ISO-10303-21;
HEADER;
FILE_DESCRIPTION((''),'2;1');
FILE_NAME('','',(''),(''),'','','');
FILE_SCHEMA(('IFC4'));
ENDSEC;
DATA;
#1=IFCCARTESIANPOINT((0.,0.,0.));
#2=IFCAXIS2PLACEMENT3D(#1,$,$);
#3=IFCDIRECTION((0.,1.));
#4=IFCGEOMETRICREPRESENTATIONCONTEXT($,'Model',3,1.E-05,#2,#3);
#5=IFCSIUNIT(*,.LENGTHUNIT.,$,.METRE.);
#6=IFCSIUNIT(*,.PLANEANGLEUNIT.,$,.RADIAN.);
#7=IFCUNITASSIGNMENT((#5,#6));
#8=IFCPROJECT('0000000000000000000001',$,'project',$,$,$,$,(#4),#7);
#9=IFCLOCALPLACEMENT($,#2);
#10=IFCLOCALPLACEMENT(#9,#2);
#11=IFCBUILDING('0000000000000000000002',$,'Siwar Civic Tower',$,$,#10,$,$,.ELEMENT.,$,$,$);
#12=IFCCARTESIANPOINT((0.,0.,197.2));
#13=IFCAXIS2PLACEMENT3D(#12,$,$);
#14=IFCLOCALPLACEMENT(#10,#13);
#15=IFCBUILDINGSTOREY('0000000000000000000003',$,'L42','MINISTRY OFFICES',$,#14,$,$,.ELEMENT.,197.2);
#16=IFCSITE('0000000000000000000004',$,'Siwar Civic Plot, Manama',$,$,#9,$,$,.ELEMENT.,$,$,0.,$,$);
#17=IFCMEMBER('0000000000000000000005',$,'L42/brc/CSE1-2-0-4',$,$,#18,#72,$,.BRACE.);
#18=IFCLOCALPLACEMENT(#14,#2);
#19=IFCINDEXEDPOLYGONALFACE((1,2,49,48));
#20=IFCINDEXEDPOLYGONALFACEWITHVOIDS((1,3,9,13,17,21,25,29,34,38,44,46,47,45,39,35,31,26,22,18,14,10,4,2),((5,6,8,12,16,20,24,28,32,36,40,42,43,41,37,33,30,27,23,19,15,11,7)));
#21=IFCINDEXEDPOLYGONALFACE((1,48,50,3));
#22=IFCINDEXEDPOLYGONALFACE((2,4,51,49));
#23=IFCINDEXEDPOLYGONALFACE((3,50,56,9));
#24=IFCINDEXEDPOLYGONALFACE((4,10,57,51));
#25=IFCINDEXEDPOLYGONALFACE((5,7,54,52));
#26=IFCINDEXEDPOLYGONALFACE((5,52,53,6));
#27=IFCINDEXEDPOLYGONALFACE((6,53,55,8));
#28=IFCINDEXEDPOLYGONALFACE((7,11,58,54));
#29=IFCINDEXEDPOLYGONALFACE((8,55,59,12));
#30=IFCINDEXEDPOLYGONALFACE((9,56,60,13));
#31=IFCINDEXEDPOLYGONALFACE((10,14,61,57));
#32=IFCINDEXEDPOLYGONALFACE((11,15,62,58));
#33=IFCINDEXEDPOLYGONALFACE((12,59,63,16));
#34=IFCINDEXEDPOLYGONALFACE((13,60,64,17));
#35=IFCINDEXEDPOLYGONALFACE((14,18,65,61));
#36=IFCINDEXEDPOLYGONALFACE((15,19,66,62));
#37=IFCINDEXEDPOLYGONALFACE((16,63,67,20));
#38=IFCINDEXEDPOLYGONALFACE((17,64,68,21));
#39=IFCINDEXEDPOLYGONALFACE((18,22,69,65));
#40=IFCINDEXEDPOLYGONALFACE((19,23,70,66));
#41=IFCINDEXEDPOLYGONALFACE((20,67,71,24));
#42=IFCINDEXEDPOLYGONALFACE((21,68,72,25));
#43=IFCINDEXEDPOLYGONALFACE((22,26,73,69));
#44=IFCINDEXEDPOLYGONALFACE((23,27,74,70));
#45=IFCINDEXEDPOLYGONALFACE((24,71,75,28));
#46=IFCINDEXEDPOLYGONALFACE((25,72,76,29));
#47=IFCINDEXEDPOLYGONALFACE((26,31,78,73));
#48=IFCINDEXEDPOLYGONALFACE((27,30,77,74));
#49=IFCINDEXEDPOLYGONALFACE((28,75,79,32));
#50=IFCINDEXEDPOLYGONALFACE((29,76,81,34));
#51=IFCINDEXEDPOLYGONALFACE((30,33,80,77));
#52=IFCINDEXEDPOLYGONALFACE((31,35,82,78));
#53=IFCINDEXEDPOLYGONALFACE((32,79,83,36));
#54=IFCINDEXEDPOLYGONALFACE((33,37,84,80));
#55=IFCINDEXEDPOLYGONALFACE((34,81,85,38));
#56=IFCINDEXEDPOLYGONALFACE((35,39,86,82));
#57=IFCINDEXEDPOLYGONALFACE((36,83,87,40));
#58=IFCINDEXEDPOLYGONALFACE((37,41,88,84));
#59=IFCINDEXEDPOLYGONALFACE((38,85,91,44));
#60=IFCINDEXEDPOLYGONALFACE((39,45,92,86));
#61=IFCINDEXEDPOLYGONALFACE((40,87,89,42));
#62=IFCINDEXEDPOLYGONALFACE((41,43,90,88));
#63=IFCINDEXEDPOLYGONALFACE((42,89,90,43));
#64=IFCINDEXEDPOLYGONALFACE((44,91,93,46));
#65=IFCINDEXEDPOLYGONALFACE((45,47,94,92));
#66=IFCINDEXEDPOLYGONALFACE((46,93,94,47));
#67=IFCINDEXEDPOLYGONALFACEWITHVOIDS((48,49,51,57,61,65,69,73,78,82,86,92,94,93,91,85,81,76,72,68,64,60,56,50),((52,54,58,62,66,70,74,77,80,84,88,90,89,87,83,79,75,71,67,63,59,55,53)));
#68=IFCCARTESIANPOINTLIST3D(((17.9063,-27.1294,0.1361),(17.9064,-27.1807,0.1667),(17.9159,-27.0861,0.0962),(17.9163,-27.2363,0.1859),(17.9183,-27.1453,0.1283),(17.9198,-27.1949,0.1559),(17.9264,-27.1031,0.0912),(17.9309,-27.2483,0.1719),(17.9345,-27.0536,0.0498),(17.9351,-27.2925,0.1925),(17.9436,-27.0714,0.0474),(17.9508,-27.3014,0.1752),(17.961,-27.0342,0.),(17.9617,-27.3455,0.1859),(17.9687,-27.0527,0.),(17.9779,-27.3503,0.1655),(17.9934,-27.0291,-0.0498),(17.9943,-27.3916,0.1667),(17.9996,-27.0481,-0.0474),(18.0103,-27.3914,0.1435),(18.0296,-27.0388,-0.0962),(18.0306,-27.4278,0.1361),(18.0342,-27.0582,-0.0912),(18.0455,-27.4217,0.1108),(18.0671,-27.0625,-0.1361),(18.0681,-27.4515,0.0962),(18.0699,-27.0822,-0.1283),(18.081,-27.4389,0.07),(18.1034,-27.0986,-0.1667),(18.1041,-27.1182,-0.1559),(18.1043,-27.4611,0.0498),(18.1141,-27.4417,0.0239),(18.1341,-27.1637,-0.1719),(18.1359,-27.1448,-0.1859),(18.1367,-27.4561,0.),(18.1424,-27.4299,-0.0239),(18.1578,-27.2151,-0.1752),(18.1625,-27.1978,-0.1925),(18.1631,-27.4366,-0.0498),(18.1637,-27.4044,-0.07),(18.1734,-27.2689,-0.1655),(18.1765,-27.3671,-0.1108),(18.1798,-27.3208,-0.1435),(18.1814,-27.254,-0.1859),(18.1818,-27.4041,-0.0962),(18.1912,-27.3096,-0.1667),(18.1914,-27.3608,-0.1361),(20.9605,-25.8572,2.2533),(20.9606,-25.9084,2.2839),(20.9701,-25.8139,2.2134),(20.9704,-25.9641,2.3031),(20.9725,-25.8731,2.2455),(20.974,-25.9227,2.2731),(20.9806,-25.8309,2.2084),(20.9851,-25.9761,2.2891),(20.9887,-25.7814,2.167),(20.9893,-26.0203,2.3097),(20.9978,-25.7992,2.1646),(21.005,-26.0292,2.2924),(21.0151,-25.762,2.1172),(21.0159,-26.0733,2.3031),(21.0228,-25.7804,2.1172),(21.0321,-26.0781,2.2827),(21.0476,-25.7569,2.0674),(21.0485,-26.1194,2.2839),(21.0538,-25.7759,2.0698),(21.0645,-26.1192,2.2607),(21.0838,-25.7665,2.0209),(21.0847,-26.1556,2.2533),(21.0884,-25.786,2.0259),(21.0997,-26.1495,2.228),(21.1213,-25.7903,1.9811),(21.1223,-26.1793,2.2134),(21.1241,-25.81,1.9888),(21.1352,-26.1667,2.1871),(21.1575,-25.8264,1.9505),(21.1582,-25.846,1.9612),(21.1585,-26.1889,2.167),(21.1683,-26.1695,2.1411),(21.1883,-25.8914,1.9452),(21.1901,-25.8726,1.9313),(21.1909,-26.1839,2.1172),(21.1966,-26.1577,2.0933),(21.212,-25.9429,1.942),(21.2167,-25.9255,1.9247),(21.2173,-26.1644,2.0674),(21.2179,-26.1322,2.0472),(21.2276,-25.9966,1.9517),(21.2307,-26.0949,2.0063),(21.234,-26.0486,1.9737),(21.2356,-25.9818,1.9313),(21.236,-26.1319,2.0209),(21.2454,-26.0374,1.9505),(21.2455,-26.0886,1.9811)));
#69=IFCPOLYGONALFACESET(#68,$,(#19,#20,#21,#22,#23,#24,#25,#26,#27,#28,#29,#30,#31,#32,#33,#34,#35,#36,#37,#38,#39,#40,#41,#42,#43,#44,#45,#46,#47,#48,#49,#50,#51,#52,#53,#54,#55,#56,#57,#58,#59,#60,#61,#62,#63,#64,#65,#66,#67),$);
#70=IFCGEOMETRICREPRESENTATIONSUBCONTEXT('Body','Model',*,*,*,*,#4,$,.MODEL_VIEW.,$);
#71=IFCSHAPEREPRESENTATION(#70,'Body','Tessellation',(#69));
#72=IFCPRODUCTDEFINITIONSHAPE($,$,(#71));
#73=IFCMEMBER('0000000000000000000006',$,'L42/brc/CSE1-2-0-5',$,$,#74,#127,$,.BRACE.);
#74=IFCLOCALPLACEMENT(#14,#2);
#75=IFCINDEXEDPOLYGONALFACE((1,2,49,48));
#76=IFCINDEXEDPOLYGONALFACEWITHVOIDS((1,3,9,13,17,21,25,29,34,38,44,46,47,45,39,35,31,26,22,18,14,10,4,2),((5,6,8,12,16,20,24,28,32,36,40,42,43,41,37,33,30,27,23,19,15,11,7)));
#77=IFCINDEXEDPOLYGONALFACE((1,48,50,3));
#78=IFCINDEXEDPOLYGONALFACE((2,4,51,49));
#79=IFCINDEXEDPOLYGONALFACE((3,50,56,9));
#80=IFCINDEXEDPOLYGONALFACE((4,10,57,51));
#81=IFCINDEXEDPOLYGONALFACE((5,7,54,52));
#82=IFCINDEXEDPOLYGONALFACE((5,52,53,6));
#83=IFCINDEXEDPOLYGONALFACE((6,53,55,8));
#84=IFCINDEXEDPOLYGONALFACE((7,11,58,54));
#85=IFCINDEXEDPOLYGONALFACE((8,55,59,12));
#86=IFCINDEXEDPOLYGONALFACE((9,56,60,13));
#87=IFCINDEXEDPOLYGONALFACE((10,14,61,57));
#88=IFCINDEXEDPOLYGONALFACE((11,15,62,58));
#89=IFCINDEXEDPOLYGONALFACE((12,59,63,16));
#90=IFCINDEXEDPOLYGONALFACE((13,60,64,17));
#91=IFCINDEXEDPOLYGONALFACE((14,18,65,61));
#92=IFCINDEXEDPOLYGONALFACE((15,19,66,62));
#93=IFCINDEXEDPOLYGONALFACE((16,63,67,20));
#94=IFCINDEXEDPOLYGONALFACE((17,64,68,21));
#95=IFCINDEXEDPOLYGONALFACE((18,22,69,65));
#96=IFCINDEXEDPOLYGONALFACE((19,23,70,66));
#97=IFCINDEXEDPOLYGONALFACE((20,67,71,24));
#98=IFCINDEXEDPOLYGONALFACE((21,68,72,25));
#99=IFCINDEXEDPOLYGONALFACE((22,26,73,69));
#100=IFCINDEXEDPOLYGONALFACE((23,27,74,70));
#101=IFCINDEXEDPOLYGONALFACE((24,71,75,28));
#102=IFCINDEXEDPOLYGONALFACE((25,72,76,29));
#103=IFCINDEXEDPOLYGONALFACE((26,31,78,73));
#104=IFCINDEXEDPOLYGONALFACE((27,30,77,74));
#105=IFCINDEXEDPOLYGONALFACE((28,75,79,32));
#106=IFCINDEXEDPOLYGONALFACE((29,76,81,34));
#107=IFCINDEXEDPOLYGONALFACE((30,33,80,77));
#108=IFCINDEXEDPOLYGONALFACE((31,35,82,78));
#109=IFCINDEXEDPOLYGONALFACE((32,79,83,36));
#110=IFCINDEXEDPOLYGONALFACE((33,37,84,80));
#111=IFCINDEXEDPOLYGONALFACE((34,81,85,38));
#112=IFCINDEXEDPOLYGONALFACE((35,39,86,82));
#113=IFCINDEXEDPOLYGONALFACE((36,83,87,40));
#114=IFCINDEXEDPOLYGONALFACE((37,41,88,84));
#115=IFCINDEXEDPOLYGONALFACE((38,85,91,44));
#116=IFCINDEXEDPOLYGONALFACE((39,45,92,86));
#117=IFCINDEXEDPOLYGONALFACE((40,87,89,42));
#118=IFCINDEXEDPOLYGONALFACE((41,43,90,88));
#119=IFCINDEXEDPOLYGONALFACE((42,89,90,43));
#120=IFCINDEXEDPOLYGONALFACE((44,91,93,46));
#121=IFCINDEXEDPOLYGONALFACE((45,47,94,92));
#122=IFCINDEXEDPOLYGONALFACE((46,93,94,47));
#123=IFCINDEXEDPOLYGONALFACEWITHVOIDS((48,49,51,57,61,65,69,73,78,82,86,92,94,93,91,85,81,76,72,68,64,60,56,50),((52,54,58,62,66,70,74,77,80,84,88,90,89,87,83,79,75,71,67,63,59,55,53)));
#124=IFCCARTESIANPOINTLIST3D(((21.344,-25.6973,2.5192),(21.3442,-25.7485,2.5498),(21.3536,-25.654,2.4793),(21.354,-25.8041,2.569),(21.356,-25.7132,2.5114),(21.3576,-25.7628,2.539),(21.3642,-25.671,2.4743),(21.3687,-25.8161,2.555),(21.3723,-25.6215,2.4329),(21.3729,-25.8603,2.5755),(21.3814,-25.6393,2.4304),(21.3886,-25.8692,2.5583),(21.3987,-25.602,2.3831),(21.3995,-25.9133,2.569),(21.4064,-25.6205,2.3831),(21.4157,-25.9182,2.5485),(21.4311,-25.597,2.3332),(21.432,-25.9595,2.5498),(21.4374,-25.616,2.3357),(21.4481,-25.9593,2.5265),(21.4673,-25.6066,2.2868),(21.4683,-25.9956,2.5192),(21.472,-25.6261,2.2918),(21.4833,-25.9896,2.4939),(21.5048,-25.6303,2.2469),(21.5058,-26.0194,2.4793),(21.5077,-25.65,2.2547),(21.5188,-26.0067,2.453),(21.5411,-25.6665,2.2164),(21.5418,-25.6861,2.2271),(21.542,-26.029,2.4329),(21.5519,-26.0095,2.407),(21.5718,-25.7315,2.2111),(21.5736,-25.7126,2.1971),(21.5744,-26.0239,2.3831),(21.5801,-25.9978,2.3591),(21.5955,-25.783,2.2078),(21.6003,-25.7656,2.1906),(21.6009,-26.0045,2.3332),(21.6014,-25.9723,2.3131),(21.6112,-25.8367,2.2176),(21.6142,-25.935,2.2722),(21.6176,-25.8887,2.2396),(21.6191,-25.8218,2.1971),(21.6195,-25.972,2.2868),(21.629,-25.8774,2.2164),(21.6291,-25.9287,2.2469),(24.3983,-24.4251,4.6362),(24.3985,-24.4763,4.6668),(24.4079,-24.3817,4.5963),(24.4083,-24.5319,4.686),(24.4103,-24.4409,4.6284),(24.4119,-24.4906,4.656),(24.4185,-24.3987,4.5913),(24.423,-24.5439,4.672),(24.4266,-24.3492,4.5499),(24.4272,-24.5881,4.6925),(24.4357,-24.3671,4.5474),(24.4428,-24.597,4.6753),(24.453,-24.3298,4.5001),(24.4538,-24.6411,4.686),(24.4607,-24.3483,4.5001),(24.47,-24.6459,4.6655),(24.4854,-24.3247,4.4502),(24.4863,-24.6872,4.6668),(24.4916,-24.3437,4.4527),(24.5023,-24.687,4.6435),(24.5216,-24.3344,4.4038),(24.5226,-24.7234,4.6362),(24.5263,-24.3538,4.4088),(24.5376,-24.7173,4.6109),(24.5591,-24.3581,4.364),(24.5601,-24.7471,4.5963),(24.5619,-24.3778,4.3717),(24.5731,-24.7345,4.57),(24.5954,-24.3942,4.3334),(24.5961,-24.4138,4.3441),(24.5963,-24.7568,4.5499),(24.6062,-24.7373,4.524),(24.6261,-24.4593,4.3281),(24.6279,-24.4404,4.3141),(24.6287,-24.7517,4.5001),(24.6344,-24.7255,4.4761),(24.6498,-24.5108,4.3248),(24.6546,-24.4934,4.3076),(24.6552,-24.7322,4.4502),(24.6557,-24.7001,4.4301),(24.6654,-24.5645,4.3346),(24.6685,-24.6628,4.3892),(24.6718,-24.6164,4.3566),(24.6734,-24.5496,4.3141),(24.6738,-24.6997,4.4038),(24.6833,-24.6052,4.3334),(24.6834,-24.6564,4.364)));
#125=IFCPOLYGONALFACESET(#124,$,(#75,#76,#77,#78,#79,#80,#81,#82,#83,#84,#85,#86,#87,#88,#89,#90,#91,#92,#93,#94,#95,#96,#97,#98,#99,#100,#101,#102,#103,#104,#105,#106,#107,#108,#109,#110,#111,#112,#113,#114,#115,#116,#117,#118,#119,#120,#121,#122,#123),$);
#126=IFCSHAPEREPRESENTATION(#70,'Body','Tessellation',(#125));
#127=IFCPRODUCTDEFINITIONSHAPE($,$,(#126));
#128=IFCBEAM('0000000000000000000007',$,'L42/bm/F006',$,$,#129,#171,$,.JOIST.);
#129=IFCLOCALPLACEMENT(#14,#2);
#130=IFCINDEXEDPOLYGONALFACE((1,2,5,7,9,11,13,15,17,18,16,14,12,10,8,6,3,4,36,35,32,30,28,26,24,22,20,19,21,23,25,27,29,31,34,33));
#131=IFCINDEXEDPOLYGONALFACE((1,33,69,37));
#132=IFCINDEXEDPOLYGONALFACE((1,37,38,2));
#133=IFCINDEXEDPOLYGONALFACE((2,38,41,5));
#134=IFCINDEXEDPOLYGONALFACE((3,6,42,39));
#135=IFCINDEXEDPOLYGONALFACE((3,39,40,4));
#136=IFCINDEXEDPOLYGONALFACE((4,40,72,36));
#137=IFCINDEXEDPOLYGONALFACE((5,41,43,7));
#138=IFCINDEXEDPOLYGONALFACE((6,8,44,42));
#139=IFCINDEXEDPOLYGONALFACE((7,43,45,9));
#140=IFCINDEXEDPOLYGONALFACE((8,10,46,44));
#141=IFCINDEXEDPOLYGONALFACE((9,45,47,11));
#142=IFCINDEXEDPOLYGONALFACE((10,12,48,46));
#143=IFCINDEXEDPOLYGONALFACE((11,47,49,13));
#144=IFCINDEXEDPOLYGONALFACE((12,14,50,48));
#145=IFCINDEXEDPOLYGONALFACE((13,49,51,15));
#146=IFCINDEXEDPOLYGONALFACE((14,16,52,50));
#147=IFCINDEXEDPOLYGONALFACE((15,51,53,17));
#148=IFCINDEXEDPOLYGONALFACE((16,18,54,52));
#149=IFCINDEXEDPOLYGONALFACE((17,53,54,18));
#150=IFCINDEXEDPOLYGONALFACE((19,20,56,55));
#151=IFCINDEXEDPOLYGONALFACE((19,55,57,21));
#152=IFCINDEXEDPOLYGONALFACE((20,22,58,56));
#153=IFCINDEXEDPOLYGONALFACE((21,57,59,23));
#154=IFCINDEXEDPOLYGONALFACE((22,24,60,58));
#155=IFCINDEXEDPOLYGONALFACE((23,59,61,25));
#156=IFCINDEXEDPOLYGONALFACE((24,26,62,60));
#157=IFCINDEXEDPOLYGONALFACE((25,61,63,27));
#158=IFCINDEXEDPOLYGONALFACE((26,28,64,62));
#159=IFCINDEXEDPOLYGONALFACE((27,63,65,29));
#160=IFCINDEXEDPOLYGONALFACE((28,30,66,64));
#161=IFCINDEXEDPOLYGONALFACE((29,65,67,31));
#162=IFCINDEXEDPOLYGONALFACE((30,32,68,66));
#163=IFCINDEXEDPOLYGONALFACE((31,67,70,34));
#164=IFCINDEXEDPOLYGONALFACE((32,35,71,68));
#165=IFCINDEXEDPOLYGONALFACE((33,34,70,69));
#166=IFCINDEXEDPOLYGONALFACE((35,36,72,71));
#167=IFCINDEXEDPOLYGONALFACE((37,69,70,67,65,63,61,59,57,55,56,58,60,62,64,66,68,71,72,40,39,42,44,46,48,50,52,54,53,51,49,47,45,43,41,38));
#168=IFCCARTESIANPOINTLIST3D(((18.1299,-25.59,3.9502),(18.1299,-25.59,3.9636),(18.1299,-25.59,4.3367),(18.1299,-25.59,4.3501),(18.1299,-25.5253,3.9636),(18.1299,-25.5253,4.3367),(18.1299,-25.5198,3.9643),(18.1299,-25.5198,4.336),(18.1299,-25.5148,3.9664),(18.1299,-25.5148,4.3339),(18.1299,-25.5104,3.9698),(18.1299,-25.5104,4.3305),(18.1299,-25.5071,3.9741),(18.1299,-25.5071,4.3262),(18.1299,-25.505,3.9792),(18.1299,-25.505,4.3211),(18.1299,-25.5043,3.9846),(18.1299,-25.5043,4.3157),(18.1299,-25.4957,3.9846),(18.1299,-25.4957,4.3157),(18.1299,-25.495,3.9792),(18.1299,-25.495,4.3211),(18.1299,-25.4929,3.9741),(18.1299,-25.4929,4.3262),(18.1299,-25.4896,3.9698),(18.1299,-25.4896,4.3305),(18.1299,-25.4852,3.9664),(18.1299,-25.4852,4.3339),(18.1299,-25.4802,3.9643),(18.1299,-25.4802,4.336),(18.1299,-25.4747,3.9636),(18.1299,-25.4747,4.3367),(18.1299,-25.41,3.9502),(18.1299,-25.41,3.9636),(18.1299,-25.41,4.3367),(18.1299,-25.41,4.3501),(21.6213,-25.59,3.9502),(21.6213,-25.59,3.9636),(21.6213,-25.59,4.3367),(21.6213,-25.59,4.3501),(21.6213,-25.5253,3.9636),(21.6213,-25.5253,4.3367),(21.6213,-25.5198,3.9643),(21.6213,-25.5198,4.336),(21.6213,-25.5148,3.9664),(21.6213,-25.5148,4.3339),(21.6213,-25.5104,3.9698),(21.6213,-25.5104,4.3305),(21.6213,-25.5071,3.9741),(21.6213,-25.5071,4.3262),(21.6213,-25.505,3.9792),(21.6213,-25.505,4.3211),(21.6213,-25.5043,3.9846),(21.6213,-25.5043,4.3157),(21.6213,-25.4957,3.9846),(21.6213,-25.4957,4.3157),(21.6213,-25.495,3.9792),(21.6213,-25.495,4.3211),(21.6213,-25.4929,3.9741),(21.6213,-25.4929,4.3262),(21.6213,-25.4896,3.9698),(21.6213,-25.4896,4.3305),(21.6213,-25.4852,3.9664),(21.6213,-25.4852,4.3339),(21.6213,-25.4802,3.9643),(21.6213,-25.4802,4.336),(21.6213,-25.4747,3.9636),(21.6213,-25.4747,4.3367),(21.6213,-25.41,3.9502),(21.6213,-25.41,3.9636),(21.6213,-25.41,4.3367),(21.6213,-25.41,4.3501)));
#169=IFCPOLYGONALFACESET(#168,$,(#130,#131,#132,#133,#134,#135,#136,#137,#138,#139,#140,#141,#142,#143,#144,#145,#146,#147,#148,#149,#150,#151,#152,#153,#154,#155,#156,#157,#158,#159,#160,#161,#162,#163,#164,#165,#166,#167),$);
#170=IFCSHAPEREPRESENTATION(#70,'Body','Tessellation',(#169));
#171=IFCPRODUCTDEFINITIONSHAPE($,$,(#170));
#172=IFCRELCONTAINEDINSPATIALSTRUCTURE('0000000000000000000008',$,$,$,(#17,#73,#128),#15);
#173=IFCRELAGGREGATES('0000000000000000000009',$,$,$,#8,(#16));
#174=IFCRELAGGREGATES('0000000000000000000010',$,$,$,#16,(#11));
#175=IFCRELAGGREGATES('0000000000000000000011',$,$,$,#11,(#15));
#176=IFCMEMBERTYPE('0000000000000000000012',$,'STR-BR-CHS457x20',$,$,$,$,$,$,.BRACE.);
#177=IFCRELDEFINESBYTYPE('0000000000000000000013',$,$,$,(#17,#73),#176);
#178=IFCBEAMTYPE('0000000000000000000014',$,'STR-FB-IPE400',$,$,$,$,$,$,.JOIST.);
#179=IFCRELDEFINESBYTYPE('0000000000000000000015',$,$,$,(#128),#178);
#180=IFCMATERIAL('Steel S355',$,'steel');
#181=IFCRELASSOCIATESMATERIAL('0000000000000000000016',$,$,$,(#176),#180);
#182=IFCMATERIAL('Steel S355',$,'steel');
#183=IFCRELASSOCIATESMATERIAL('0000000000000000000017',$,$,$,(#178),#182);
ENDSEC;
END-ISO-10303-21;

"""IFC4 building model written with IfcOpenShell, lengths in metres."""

from ifc_helpers import new_model, si_unit, direction, frame, origin, origin_2d, place, context, subcontext, project, spatial, hollow_circle, i_section, extrude, material, material_profile, profile_set, type_object, element, save


model = new_model("IFC4")

# Units and contexts
model_context = context("Model", 3, precision=1e-05, world=origin(), true_north=direction((0.0, 1.0)))
body_context = subcontext(model_context, "Body", "Model", "MODEL_VIEW")
ifc_project = project(units=[si_unit("LENGTHUNIT", "METRE"), si_unit("PLANEANGLEUNIT", "RADIAN")], contexts=[model_context])

# Site, building, storey
site_placement = place(None, origin())
site = spatial("IfcSite", under=ifc_project, at=site_placement, Name="Siwar Civic Plot, Manama", CompositionType="ELEMENT", RefElevation=0.0)
building_placement = place(site_placement, origin())
building = spatial("IfcBuilding", under=site, at=building_placement, Name="Siwar Civic Tower", CompositionType="ELEMENT")
storey_placement = place(building_placement, frame((0.0, 0.0, 197.2)))
storey = spatial("IfcBuildingStorey", under=building, at=storey_placement, Name="L42", Description="MINISTRY OFFICES", CompositionType="ELEMENT", Elevation=197.2)

# Members
ifc_material_1 = material(Name="Steel S355", Category="steel")
ifc_material_profile_1 = material_profile(ifc_material_1, hollow_circle(Radius=0.2285, WallThickness=0.02, at=origin_2d()), Name="CHS457x20")
ifc_profile_set_1 = profile_set([ifc_material_profile_1], Name="Steel S355")
member_type_1 = type_object("IfcMemberType", Name="STR-BR-CHS457x20", PredefinedType="BRACE", material=ifc_profile_set_1)
for number, where, z_axis, x_axis, name in (
    (1, (18.0488, -27.2451, 0.0), (0.777546, 0.323884, 0.538999), (-0.384521, 0.923116, 0.0), "L42/brc/CSE1-2-0-4"),
    (2, (21.4866, -25.813, 2.3831), (0.777572, 0.323895, 0.538955), (-0.384521, 0.923116, 0.0), "L42/brc/CSE1-2-0-5"),
):
    element("IfcMember", number, at=place(storey_placement, frame(where, z_axis=z_axis, x_axis=x_axis)), inside=storey, type_object=member_type_1, Name=name, PredefinedType="BRACE", context=body_context, shape_type="SweptSolid", body=[
        extrude(hollow_circle(Radius=0.2285, WallThickness=0.02, at=origin_2d()), origin(), (0.0, 0.0, 1.0), 3.928),
    ])

# Beam
ifc_material_2 = material(Name="Steel S355", Category="steel")
ifc_material_profile_2 = material_profile(ifc_material_2, i_section(OverallWidth=0.1799, OverallDepth=0.3999, WebThickness=0.0085, FlangeThickness=0.0134, FilletRadius=0.021, at=origin_2d()), Name="IPE400")
ifc_profile_set_2 = profile_set([ifc_material_profile_2], Name="Steel S355")
beam_type_1 = type_object("IfcBeamType", Name="STR-FB-IPE400", PredefinedType="JOIST", material=ifc_profile_set_2)
beam_1_placement = place(storey_placement, frame((18.1299, -25.5, 4.1501), z_axis=(1.0, 0.0, 0.0), x_axis=(0.0, 1.0, 0.0)))
element("IfcBeam", 3, at=beam_1_placement, inside=storey, type_object=beam_type_1, Name="L42/bm/F006", PredefinedType="JOIST", context=body_context, shape_type="SweptSolid", body=[
    extrude(i_section(OverallWidth=0.1799, OverallDepth=0.3999, WebThickness=0.0085, FlangeThickness=0.0134, FilletRadius=0.021, at=origin_2d()), origin(), (0.0, 0.0, 1.0), 3.4915),
])

save(model, "model.ifc")
